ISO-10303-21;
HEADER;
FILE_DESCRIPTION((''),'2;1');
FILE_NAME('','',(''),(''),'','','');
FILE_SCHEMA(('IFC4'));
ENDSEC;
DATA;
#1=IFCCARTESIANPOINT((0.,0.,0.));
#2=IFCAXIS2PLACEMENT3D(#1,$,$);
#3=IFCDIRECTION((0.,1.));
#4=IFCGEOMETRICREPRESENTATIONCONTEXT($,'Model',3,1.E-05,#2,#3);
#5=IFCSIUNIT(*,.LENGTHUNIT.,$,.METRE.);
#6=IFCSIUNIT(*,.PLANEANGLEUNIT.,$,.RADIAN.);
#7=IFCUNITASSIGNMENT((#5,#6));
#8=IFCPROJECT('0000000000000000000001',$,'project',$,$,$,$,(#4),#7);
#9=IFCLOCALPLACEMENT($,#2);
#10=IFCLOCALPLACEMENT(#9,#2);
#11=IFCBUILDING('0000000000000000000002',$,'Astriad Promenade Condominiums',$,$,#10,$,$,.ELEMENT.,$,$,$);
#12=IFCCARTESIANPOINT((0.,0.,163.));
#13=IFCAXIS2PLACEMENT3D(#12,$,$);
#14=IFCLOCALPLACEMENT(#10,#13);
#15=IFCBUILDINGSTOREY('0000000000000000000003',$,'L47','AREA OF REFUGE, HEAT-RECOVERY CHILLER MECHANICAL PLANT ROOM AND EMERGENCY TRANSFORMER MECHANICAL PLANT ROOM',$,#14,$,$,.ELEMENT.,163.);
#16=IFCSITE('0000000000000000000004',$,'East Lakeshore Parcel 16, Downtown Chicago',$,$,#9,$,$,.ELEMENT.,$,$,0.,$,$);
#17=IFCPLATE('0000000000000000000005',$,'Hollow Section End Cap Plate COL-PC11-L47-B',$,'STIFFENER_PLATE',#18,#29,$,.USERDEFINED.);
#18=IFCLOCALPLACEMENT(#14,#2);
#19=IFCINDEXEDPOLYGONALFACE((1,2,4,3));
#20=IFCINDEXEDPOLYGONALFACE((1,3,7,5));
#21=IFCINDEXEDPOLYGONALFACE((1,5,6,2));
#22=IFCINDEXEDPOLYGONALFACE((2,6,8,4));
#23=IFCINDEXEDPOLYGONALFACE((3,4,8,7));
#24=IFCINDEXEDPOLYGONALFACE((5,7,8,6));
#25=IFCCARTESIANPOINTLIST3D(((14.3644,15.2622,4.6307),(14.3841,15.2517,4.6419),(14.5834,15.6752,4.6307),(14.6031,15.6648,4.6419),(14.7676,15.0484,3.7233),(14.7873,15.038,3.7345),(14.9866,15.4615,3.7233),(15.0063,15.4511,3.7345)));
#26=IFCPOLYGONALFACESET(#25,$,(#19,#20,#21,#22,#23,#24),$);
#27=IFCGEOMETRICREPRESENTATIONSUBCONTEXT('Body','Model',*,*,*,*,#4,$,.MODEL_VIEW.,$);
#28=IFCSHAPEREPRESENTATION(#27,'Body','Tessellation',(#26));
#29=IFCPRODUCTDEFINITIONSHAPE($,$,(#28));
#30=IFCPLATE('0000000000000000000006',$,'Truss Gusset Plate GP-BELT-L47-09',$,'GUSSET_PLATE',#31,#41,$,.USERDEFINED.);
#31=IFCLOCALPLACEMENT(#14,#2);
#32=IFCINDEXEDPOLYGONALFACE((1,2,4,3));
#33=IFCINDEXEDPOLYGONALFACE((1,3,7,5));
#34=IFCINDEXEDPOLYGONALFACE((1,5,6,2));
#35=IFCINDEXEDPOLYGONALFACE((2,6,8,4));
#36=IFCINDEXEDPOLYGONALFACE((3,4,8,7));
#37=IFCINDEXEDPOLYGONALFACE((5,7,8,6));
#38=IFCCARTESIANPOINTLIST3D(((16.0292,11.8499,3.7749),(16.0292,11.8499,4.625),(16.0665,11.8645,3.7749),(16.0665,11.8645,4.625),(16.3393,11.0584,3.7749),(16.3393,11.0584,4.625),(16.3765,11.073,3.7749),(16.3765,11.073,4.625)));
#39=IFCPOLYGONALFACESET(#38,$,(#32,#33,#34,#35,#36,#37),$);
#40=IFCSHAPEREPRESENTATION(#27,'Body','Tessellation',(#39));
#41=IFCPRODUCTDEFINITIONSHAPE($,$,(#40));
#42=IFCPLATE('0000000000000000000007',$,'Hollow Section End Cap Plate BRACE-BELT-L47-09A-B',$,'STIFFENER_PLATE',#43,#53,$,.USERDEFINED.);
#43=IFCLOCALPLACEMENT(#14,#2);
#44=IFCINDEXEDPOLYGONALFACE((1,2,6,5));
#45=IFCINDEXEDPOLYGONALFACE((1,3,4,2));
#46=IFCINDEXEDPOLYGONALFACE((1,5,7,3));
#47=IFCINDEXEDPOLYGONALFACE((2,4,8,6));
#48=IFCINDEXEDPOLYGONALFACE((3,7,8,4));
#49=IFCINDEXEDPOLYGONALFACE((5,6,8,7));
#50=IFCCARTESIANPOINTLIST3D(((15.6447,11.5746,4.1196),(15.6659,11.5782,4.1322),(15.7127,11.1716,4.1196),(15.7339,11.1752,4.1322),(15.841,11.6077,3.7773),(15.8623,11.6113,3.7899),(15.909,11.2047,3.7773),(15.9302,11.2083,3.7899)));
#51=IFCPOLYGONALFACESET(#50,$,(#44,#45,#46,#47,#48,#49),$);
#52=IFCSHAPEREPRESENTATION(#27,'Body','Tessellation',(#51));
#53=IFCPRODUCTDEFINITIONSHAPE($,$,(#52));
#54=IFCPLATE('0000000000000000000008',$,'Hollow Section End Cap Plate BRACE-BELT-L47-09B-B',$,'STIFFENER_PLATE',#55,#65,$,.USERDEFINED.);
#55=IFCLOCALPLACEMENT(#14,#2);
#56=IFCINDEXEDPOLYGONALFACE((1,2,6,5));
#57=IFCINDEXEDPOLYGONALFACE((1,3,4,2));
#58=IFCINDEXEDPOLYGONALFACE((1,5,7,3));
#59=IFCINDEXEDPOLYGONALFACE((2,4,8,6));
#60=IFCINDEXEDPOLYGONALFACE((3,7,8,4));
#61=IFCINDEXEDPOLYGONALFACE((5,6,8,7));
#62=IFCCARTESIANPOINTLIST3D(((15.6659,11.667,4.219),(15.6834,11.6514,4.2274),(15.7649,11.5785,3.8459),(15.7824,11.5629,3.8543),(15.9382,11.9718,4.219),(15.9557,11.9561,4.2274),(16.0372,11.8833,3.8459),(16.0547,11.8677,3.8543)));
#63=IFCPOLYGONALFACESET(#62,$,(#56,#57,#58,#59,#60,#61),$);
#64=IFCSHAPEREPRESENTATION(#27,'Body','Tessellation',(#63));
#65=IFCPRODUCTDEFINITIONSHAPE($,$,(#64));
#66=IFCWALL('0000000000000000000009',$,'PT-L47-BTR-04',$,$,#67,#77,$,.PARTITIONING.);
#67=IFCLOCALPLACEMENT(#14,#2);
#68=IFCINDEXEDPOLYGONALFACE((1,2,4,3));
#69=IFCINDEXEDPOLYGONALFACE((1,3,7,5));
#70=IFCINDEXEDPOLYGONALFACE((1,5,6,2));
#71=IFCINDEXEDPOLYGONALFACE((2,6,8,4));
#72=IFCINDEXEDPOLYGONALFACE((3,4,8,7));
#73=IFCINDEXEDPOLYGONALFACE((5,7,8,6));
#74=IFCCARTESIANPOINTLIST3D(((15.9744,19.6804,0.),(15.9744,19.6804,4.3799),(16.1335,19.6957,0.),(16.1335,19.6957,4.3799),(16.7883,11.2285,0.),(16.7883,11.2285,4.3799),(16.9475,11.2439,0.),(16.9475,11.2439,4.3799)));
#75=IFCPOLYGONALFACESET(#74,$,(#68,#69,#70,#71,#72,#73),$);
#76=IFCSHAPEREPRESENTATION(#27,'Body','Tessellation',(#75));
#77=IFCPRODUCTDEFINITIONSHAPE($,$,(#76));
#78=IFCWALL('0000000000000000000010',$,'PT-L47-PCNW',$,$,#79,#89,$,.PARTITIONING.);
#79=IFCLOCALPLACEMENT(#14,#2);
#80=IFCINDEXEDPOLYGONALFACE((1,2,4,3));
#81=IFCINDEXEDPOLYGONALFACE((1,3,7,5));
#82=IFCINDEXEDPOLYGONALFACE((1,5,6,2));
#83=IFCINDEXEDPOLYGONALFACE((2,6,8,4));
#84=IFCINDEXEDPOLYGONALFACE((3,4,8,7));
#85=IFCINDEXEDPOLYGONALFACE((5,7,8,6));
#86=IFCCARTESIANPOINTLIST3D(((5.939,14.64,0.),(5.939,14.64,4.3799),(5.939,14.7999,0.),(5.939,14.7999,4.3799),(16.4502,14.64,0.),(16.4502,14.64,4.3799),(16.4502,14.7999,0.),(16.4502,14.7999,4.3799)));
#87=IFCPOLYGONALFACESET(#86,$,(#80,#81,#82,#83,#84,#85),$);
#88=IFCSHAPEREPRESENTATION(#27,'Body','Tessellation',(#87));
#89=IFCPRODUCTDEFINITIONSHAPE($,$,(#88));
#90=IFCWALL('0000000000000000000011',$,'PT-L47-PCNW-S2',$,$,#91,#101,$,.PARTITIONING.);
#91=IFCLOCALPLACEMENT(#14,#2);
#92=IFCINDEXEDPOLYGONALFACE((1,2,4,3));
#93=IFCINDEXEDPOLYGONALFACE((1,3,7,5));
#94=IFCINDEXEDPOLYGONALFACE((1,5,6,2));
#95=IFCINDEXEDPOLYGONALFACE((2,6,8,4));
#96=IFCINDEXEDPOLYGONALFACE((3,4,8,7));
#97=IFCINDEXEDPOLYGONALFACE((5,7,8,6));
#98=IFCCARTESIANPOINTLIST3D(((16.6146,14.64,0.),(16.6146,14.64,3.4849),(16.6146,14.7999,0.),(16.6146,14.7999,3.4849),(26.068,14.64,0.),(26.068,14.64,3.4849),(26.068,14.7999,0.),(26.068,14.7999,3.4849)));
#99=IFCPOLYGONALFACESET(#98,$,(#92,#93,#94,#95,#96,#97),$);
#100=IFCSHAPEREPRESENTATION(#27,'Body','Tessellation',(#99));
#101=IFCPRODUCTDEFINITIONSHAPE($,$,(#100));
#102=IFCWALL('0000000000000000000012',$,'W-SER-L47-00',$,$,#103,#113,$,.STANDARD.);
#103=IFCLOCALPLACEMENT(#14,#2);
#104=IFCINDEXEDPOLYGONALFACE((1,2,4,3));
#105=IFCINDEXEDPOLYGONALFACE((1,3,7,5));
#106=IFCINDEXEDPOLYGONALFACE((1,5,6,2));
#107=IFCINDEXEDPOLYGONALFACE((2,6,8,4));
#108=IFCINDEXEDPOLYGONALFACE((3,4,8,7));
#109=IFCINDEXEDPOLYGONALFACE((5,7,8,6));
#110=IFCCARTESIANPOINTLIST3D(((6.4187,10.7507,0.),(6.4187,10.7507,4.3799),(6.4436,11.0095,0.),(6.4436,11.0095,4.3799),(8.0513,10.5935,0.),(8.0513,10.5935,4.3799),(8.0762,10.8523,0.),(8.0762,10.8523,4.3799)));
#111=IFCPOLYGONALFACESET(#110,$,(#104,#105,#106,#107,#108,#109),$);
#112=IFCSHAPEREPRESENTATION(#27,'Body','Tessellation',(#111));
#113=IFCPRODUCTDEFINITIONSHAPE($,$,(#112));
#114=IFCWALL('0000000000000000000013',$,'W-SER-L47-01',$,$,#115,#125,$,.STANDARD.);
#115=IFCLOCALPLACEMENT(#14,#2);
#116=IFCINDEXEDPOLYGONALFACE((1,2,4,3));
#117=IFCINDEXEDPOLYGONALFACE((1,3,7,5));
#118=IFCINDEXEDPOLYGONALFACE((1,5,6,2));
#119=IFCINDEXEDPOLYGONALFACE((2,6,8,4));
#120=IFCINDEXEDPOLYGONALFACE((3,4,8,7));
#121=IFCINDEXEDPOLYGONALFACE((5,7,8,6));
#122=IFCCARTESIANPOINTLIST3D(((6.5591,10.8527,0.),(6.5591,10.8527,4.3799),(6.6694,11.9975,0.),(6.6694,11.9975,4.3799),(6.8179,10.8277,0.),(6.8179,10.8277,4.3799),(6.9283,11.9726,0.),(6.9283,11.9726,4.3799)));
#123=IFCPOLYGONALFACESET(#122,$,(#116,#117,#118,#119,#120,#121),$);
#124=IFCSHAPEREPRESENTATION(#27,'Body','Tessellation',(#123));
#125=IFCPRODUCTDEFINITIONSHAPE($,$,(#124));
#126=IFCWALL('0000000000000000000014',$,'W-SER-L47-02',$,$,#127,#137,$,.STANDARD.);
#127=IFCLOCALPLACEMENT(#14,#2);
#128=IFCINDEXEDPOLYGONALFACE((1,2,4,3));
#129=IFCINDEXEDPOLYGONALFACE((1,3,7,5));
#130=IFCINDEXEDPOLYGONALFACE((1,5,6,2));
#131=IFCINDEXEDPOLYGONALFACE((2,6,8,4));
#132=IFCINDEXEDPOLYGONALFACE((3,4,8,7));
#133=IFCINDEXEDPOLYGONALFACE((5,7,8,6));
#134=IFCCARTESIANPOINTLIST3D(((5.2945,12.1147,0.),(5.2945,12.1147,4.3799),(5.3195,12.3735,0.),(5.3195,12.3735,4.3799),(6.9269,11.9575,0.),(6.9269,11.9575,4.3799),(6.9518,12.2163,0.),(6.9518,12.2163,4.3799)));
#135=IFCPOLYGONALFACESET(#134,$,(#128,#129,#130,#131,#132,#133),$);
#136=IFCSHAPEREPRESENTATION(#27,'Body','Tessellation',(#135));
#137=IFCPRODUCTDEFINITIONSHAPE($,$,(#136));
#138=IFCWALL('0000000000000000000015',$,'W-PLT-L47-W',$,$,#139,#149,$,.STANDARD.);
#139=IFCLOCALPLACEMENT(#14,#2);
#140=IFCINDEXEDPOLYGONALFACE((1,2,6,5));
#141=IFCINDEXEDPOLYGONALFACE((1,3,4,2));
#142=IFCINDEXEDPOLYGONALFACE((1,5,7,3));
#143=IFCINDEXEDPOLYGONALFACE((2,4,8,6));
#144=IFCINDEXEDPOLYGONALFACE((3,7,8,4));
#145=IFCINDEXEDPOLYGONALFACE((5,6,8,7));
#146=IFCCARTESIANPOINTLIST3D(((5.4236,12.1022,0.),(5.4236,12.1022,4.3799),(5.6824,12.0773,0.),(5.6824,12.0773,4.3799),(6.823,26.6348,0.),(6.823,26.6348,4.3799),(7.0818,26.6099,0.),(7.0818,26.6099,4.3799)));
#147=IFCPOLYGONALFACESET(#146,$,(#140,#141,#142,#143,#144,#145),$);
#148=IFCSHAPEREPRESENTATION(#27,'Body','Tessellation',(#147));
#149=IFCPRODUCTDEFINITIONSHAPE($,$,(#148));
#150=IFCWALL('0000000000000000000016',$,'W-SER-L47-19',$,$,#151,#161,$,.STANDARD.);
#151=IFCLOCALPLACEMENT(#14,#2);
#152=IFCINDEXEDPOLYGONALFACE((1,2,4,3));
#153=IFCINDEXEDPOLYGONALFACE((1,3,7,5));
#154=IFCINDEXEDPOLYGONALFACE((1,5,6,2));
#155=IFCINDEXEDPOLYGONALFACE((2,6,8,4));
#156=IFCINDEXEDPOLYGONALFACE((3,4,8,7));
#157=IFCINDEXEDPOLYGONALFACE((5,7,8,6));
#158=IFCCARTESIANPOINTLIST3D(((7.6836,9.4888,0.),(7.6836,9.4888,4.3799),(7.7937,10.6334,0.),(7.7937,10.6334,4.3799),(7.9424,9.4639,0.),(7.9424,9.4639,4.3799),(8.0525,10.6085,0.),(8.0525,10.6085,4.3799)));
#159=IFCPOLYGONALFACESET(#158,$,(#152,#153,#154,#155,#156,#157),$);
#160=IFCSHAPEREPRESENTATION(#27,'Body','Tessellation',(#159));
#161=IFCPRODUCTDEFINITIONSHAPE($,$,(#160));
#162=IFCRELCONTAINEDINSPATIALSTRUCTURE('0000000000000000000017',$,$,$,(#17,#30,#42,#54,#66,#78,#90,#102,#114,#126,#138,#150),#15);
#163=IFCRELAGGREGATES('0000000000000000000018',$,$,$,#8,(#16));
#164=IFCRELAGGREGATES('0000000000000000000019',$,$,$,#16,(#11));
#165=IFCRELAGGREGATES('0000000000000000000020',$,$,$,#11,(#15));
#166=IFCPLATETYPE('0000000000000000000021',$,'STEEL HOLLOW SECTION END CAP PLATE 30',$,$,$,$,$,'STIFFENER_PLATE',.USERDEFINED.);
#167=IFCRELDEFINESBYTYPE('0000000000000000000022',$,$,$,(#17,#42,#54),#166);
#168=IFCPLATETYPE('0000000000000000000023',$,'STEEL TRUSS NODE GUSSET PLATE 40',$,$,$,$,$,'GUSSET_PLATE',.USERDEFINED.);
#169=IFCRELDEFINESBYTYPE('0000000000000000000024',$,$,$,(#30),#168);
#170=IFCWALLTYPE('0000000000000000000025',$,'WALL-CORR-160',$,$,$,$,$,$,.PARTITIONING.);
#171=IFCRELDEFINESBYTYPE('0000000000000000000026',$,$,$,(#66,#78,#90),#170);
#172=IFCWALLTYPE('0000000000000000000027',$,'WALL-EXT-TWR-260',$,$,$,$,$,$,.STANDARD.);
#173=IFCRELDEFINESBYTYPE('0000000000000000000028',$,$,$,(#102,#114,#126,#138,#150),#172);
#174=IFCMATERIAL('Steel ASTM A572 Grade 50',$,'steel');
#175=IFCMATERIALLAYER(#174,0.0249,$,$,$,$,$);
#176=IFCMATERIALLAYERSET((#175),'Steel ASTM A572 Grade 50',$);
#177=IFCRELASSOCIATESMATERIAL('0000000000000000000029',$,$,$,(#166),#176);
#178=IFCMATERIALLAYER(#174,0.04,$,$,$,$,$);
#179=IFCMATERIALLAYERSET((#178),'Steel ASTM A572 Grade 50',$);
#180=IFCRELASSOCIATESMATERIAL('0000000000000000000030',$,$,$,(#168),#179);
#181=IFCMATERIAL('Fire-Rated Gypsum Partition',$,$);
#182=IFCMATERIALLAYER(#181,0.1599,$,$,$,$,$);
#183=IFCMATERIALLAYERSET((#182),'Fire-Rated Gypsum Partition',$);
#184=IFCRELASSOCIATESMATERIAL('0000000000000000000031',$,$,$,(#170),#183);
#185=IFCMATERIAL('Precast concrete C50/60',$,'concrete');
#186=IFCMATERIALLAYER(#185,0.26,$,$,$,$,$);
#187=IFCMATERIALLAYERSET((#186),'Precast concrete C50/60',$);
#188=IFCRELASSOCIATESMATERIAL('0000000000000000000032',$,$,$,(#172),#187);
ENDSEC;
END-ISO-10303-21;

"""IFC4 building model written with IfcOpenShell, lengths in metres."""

from ifc_helpers import new_model, si_unit, direction, frame, frame_2d, origin, origin_2d, place, context, subcontext, project, spatial, rectangle, extrude, source, transform, mapped, material, layer, layer_set, type_object, type_shapes, element, save


model = new_model("IFC4")

# Units and contexts
model_context = context("Model", 3, precision=1e-05, world=origin(), true_north=direction((0.0, 1.0)))
body_context = subcontext(model_context, "Body", "Model", "MODEL_VIEW")
ifc_project = project(units=[si_unit("LENGTHUNIT", "METRE"), si_unit("PLANEANGLEUNIT", "RADIAN")], contexts=[model_context])

# Site, building, storey
site_placement = place(None, origin())
site = spatial("IfcSite", under=ifc_project, at=site_placement, Name="East Lakeshore Parcel 16, Downtown Chicago", CompositionType="ELEMENT", RefElevation=0.0)
building_placement = place(site_placement, origin())
building = spatial("IfcBuilding", under=site, at=building_placement, Name="Astriad Promenade Condominiums", CompositionType="ELEMENT")
storey_placement = place(building_placement, frame((0.0, 0.0, 163.0)))
storey = spatial("IfcBuildingStorey", under=building, at=storey_placement, Name="L47", Description="AREA OF REFUGE, HEAT-RECOVERY CHILLER MECHANICAL PLANT ROOM AND EMERGENCY TRANSFORMER MECHANICAL PLANT ROOM", CompositionType="ELEMENT", Elevation=163.0)

# Plates
ifc_material_1 = material(Name="Steel ASTM A572 Grade 50", Category="steel")
ifc_layer_1 = layer(ifc_material_1, 0.0249)
ifc_layer_set_1 = layer_set([ifc_layer_1], Name="Steel ASTM A572 Grade 50")
plate_type_1 = type_object("IfcPlateType", Name="STEEL HOLLOW SECTION END CAP PLATE 30", ElementType="STIFFENER_PLATE", PredefinedType="USERDEFINED", material=ifc_layer_set_1)
shared_shape_1 = source(origin(), body_context, "Body", "SweptSolid", [
    extrude(rectangle(XDim=0.4675, YDim=1.0156, at=origin_2d()), origin(), (0.0, 0.0, 1.0), 0.0249),
])
for number, where, z_axis, x_axis, name in (
    (1, (14.6755, 15.3618, 4.177), (0.789315, -0.418435, 0.449325), (0.46838, 0.883527, 0.0), "Hollow Section End Cap Plate COL-PC11-L47-B"),
):
    element("IfcPlate", number, at=place(storey_placement, frame(where, z_axis=z_axis, x_axis=x_axis)), inside=storey, type_object=plate_type_1, Name=name, ObjectType="STIFFENER_PLATE", PredefinedType="USERDEFINED", context=body_context, shape_type="MappedRepresentation", body=[
        mapped(shared_shape_1, transform((0.0, 0.0, 0.0), scale=1.0)),
    ])
ifc_layer_2 = layer(ifc_material_1, 0.04)
ifc_layer_set_2 = layer_set([ifc_layer_2], Name="Steel ASTM A572 Grade 50")
plate_type_2 = type_object("IfcPlateType", Name="STEEL TRUSS NODE GUSSET PLATE 40", ElementType="GUSSET_PLATE", PredefinedType="USERDEFINED", material=ifc_layer_set_2)
shared_shape_2 = source(origin(), body_context, "Body", "SweptSolid", [
    extrude(rectangle(XDim=0.8501, YDim=0.04, at=origin_2d()), origin(), (0.0, 0.0, 1.0), 0.8501),
])
type_shapes(plate_type_2, [shared_shape_2])
plate_placement = place(storey_placement, frame((16.2029, 11.4614, 3.7749), z_axis=(0.0, 0.0, 1.0), x_axis=(-0.364714, 0.931119, 0.0)))
element("IfcPlate", 2, at=plate_placement, inside=storey, type_object=plate_type_2, Name="Truss Gusset Plate GP-BELT-L47-09", ObjectType="GUSSET_PLATE", PredefinedType="USERDEFINED", context=body_context, shape_type="MappedRepresentation", body=[
    mapped(shared_shape_2, transform((0.0, 0.0, 0.0), scale=1.0)),
])
shared_shape_3 = source(origin(), body_context, "Body", "SweptSolid", [
    extrude(rectangle(XDim=0.4087, YDim=0.396, at=origin_2d()), origin(), (0.0, 0.0, 1.0), 0.0249),
])
type_shapes(plate_type_1, [shared_shape_1, shared_shape_3])
for number, where, z_axis, x_axis, name in (
    (3, (15.7769, 11.3896, 3.9485), (0.852378, 0.143785, 0.50277), (-0.166337, 0.986069, 0.0), "Hollow Section End Cap Plate BRACE-BELT-L47-09A-B"),
    (4, (15.8516, 11.7751, 4.0325), (0.702584, -0.627678, 0.335254), (0.666235, 0.745742, 0.0), "Hollow Section End Cap Plate BRACE-BELT-L47-09B-B"),
):
    element("IfcPlate", number, at=place(storey_placement, frame(where, z_axis=z_axis, x_axis=x_axis)), inside=storey, type_object=plate_type_1, Name=name, ObjectType="STIFFENER_PLATE", PredefinedType="USERDEFINED", context=body_context, shape_type="MappedRepresentation", body=[
        mapped(shared_shape_3, transform((0.0, 0.0, 0.0), scale=1.0)),
    ])

# Walls
ifc_material_2 = material(Name="Fire-Rated Gypsum Partition")
ifc_layer_3 = layer(ifc_material_2, 0.1599)
ifc_layer_set_3 = layer_set([ifc_layer_3], Name="Fire-Rated Gypsum Partition")
wall_type_1 = type_object("IfcWallType", Name="WALL-CORR-160", PredefinedType="PARTITIONING", material=ifc_layer_set_3)
wall_1_placement = place(storey_placement, frame((16.8679, 11.2361, 0.0), z_axis=(0.0, 0.0, 1.0), x_axis=(-0.095862, 0.995395, 0.0)))
element("IfcWall", 5, at=wall_1_placement, inside=storey, type_object=wall_type_1, Name="PT-L47-BTR-04", PredefinedType="PARTITIONING", context=body_context, shape_type="SweptSolid", body=[
    extrude(rectangle(XDim=8.491, YDim=0.1599, at=frame_2d((4.2456, 0.0))), origin(), (0.0, 0.0, 1.0), 4.3799),
])
wall_2_placement = place(storey_placement, frame((5.939, 14.72, 0.0), z_axis=(0.0, 0.0, 1.0), x_axis=(1.0, 0.0, 0.0)))
element("IfcWall", 6, at=wall_2_placement, inside=storey, type_object=wall_type_1, Name="PT-L47-PCNW", PredefinedType="PARTITIONING", context=body_context, shape_type="SweptSolid", body=[
    extrude(rectangle(XDim=10.5112, YDim=0.1599, at=frame_2d((5.2556, 0.0))), origin(), (0.0, 0.0, 1.0), 4.3799),
])
wall_3_placement = place(storey_placement, frame((16.6147, 14.72, 0.0), z_axis=(0.0, 0.0, 1.0), x_axis=(1.0, 0.0, 0.0)))
element("IfcWall", 7, at=wall_3_placement, inside=storey, type_object=wall_type_1, Name="PT-L47-PCNW-S2", PredefinedType="PARTITIONING", context=body_context, shape_type="SweptSolid", body=[
    extrude(rectangle(XDim=9.4534, YDim=0.1599, at=frame_2d((4.7266, 0.0))), origin(), (0.0, 0.0, 1.0), 3.4849),
])
ifc_material_3 = material(Name="Precast concrete C50/60", Category="concrete")
ifc_layer_4 = layer(ifc_material_3, 0.26)
ifc_layer_set_4 = layer_set([ifc_layer_4], Name="Precast concrete C50/60")
wall_type_2 = type_object("IfcWallType", Name="WALL-EXT-TWR-260", PredefinedType="STANDARD", material=ifc_layer_set_4)
wall_4_placement = place(storey_placement, frame((8.0637, 10.7229, 0.0), z_axis=(0.0, 0.0, 1.0), x_axis=(-0.995395, 0.095863, 0.0)))
element("IfcWall", 8, at=wall_4_placement, inside=storey, type_object=wall_type_2, Name="W-SER-L47-00", PredefinedType="STANDARD", context=body_context, shape_type="SweptSolid", body=[
    extrude(rectangle(XDim=1.6401, YDim=0.26, at=frame_2d((0.8201, 0.0))), origin(), (0.0, 0.0, 1.0), 4.3799),
])
wall_5_placement = place(storey_placement, frame((6.6885, 10.8401, 0.0), z_axis=(0.0, 0.0, 1.0), x_axis=(0.095951, 0.995386, 0.0)))
element("IfcWall", 9, at=wall_5_placement, inside=storey, type_object=wall_type_2, Name="W-SER-L47-01", PredefinedType="STANDARD", context=body_context, shape_type="SweptSolid", body=[
    extrude(rectangle(XDim=1.1501, YDim=0.26, at=frame_2d((0.5752, 0.0))), origin(), (0.0, 0.0, 1.0), 4.3799),
])
wall_6_placement = place(storey_placement, frame((6.9392, 12.0869, 0.0), z_axis=(0.0, 0.0, 1.0), x_axis=(-0.995393, 0.095877, 0.0)))
element("IfcWall", 10, at=wall_6_placement, inside=storey, type_object=wall_type_2, Name="W-SER-L47-02", PredefinedType="STANDARD", context=body_context, shape_type="SweptSolid", body=[
    extrude(rectangle(XDim=1.6399, YDim=0.26, at=frame_2d((0.8198, 0.0))), origin(), (0.0, 0.0, 1.0), 4.3799),
])
wall_7_placement = place(storey_placement, frame((5.553, 12.0898, 0.0), z_axis=(0.0, 0.0, 1.0), x_axis=(0.095851, 0.995396, 0.0)))
element("IfcWall", 11, at=wall_7_placement, inside=storey, type_object=wall_type_2, Name="W-PLT-L47-W", PredefinedType="STANDARD", context=body_context, shape_type="SweptSolid", body=[
    extrude(rectangle(XDim=14.5999, YDim=0.26, at=frame_2d((7.2998, 0.0))), origin(), (0.0, 0.0, 1.0), 4.3799),
])
wall_8_placement = place(storey_placement, frame((7.813, 9.4763, 0.0), z_axis=(0.0, 0.0, 1.0), x_axis=(0.095761, 0.995404, 0.0)))
element("IfcWall", 12, at=wall_8_placement, inside=storey, type_object=wall_type_2, Name="W-SER-L47-19", PredefinedType="STANDARD", context=body_context, shape_type="SweptSolid", body=[
    extrude(rectangle(XDim=1.1499, YDim=0.26, at=frame_2d((0.575, 0.0))), origin(), (0.0, 0.0, 1.0), 4.3799),
])

save(model, "model.ifc")
